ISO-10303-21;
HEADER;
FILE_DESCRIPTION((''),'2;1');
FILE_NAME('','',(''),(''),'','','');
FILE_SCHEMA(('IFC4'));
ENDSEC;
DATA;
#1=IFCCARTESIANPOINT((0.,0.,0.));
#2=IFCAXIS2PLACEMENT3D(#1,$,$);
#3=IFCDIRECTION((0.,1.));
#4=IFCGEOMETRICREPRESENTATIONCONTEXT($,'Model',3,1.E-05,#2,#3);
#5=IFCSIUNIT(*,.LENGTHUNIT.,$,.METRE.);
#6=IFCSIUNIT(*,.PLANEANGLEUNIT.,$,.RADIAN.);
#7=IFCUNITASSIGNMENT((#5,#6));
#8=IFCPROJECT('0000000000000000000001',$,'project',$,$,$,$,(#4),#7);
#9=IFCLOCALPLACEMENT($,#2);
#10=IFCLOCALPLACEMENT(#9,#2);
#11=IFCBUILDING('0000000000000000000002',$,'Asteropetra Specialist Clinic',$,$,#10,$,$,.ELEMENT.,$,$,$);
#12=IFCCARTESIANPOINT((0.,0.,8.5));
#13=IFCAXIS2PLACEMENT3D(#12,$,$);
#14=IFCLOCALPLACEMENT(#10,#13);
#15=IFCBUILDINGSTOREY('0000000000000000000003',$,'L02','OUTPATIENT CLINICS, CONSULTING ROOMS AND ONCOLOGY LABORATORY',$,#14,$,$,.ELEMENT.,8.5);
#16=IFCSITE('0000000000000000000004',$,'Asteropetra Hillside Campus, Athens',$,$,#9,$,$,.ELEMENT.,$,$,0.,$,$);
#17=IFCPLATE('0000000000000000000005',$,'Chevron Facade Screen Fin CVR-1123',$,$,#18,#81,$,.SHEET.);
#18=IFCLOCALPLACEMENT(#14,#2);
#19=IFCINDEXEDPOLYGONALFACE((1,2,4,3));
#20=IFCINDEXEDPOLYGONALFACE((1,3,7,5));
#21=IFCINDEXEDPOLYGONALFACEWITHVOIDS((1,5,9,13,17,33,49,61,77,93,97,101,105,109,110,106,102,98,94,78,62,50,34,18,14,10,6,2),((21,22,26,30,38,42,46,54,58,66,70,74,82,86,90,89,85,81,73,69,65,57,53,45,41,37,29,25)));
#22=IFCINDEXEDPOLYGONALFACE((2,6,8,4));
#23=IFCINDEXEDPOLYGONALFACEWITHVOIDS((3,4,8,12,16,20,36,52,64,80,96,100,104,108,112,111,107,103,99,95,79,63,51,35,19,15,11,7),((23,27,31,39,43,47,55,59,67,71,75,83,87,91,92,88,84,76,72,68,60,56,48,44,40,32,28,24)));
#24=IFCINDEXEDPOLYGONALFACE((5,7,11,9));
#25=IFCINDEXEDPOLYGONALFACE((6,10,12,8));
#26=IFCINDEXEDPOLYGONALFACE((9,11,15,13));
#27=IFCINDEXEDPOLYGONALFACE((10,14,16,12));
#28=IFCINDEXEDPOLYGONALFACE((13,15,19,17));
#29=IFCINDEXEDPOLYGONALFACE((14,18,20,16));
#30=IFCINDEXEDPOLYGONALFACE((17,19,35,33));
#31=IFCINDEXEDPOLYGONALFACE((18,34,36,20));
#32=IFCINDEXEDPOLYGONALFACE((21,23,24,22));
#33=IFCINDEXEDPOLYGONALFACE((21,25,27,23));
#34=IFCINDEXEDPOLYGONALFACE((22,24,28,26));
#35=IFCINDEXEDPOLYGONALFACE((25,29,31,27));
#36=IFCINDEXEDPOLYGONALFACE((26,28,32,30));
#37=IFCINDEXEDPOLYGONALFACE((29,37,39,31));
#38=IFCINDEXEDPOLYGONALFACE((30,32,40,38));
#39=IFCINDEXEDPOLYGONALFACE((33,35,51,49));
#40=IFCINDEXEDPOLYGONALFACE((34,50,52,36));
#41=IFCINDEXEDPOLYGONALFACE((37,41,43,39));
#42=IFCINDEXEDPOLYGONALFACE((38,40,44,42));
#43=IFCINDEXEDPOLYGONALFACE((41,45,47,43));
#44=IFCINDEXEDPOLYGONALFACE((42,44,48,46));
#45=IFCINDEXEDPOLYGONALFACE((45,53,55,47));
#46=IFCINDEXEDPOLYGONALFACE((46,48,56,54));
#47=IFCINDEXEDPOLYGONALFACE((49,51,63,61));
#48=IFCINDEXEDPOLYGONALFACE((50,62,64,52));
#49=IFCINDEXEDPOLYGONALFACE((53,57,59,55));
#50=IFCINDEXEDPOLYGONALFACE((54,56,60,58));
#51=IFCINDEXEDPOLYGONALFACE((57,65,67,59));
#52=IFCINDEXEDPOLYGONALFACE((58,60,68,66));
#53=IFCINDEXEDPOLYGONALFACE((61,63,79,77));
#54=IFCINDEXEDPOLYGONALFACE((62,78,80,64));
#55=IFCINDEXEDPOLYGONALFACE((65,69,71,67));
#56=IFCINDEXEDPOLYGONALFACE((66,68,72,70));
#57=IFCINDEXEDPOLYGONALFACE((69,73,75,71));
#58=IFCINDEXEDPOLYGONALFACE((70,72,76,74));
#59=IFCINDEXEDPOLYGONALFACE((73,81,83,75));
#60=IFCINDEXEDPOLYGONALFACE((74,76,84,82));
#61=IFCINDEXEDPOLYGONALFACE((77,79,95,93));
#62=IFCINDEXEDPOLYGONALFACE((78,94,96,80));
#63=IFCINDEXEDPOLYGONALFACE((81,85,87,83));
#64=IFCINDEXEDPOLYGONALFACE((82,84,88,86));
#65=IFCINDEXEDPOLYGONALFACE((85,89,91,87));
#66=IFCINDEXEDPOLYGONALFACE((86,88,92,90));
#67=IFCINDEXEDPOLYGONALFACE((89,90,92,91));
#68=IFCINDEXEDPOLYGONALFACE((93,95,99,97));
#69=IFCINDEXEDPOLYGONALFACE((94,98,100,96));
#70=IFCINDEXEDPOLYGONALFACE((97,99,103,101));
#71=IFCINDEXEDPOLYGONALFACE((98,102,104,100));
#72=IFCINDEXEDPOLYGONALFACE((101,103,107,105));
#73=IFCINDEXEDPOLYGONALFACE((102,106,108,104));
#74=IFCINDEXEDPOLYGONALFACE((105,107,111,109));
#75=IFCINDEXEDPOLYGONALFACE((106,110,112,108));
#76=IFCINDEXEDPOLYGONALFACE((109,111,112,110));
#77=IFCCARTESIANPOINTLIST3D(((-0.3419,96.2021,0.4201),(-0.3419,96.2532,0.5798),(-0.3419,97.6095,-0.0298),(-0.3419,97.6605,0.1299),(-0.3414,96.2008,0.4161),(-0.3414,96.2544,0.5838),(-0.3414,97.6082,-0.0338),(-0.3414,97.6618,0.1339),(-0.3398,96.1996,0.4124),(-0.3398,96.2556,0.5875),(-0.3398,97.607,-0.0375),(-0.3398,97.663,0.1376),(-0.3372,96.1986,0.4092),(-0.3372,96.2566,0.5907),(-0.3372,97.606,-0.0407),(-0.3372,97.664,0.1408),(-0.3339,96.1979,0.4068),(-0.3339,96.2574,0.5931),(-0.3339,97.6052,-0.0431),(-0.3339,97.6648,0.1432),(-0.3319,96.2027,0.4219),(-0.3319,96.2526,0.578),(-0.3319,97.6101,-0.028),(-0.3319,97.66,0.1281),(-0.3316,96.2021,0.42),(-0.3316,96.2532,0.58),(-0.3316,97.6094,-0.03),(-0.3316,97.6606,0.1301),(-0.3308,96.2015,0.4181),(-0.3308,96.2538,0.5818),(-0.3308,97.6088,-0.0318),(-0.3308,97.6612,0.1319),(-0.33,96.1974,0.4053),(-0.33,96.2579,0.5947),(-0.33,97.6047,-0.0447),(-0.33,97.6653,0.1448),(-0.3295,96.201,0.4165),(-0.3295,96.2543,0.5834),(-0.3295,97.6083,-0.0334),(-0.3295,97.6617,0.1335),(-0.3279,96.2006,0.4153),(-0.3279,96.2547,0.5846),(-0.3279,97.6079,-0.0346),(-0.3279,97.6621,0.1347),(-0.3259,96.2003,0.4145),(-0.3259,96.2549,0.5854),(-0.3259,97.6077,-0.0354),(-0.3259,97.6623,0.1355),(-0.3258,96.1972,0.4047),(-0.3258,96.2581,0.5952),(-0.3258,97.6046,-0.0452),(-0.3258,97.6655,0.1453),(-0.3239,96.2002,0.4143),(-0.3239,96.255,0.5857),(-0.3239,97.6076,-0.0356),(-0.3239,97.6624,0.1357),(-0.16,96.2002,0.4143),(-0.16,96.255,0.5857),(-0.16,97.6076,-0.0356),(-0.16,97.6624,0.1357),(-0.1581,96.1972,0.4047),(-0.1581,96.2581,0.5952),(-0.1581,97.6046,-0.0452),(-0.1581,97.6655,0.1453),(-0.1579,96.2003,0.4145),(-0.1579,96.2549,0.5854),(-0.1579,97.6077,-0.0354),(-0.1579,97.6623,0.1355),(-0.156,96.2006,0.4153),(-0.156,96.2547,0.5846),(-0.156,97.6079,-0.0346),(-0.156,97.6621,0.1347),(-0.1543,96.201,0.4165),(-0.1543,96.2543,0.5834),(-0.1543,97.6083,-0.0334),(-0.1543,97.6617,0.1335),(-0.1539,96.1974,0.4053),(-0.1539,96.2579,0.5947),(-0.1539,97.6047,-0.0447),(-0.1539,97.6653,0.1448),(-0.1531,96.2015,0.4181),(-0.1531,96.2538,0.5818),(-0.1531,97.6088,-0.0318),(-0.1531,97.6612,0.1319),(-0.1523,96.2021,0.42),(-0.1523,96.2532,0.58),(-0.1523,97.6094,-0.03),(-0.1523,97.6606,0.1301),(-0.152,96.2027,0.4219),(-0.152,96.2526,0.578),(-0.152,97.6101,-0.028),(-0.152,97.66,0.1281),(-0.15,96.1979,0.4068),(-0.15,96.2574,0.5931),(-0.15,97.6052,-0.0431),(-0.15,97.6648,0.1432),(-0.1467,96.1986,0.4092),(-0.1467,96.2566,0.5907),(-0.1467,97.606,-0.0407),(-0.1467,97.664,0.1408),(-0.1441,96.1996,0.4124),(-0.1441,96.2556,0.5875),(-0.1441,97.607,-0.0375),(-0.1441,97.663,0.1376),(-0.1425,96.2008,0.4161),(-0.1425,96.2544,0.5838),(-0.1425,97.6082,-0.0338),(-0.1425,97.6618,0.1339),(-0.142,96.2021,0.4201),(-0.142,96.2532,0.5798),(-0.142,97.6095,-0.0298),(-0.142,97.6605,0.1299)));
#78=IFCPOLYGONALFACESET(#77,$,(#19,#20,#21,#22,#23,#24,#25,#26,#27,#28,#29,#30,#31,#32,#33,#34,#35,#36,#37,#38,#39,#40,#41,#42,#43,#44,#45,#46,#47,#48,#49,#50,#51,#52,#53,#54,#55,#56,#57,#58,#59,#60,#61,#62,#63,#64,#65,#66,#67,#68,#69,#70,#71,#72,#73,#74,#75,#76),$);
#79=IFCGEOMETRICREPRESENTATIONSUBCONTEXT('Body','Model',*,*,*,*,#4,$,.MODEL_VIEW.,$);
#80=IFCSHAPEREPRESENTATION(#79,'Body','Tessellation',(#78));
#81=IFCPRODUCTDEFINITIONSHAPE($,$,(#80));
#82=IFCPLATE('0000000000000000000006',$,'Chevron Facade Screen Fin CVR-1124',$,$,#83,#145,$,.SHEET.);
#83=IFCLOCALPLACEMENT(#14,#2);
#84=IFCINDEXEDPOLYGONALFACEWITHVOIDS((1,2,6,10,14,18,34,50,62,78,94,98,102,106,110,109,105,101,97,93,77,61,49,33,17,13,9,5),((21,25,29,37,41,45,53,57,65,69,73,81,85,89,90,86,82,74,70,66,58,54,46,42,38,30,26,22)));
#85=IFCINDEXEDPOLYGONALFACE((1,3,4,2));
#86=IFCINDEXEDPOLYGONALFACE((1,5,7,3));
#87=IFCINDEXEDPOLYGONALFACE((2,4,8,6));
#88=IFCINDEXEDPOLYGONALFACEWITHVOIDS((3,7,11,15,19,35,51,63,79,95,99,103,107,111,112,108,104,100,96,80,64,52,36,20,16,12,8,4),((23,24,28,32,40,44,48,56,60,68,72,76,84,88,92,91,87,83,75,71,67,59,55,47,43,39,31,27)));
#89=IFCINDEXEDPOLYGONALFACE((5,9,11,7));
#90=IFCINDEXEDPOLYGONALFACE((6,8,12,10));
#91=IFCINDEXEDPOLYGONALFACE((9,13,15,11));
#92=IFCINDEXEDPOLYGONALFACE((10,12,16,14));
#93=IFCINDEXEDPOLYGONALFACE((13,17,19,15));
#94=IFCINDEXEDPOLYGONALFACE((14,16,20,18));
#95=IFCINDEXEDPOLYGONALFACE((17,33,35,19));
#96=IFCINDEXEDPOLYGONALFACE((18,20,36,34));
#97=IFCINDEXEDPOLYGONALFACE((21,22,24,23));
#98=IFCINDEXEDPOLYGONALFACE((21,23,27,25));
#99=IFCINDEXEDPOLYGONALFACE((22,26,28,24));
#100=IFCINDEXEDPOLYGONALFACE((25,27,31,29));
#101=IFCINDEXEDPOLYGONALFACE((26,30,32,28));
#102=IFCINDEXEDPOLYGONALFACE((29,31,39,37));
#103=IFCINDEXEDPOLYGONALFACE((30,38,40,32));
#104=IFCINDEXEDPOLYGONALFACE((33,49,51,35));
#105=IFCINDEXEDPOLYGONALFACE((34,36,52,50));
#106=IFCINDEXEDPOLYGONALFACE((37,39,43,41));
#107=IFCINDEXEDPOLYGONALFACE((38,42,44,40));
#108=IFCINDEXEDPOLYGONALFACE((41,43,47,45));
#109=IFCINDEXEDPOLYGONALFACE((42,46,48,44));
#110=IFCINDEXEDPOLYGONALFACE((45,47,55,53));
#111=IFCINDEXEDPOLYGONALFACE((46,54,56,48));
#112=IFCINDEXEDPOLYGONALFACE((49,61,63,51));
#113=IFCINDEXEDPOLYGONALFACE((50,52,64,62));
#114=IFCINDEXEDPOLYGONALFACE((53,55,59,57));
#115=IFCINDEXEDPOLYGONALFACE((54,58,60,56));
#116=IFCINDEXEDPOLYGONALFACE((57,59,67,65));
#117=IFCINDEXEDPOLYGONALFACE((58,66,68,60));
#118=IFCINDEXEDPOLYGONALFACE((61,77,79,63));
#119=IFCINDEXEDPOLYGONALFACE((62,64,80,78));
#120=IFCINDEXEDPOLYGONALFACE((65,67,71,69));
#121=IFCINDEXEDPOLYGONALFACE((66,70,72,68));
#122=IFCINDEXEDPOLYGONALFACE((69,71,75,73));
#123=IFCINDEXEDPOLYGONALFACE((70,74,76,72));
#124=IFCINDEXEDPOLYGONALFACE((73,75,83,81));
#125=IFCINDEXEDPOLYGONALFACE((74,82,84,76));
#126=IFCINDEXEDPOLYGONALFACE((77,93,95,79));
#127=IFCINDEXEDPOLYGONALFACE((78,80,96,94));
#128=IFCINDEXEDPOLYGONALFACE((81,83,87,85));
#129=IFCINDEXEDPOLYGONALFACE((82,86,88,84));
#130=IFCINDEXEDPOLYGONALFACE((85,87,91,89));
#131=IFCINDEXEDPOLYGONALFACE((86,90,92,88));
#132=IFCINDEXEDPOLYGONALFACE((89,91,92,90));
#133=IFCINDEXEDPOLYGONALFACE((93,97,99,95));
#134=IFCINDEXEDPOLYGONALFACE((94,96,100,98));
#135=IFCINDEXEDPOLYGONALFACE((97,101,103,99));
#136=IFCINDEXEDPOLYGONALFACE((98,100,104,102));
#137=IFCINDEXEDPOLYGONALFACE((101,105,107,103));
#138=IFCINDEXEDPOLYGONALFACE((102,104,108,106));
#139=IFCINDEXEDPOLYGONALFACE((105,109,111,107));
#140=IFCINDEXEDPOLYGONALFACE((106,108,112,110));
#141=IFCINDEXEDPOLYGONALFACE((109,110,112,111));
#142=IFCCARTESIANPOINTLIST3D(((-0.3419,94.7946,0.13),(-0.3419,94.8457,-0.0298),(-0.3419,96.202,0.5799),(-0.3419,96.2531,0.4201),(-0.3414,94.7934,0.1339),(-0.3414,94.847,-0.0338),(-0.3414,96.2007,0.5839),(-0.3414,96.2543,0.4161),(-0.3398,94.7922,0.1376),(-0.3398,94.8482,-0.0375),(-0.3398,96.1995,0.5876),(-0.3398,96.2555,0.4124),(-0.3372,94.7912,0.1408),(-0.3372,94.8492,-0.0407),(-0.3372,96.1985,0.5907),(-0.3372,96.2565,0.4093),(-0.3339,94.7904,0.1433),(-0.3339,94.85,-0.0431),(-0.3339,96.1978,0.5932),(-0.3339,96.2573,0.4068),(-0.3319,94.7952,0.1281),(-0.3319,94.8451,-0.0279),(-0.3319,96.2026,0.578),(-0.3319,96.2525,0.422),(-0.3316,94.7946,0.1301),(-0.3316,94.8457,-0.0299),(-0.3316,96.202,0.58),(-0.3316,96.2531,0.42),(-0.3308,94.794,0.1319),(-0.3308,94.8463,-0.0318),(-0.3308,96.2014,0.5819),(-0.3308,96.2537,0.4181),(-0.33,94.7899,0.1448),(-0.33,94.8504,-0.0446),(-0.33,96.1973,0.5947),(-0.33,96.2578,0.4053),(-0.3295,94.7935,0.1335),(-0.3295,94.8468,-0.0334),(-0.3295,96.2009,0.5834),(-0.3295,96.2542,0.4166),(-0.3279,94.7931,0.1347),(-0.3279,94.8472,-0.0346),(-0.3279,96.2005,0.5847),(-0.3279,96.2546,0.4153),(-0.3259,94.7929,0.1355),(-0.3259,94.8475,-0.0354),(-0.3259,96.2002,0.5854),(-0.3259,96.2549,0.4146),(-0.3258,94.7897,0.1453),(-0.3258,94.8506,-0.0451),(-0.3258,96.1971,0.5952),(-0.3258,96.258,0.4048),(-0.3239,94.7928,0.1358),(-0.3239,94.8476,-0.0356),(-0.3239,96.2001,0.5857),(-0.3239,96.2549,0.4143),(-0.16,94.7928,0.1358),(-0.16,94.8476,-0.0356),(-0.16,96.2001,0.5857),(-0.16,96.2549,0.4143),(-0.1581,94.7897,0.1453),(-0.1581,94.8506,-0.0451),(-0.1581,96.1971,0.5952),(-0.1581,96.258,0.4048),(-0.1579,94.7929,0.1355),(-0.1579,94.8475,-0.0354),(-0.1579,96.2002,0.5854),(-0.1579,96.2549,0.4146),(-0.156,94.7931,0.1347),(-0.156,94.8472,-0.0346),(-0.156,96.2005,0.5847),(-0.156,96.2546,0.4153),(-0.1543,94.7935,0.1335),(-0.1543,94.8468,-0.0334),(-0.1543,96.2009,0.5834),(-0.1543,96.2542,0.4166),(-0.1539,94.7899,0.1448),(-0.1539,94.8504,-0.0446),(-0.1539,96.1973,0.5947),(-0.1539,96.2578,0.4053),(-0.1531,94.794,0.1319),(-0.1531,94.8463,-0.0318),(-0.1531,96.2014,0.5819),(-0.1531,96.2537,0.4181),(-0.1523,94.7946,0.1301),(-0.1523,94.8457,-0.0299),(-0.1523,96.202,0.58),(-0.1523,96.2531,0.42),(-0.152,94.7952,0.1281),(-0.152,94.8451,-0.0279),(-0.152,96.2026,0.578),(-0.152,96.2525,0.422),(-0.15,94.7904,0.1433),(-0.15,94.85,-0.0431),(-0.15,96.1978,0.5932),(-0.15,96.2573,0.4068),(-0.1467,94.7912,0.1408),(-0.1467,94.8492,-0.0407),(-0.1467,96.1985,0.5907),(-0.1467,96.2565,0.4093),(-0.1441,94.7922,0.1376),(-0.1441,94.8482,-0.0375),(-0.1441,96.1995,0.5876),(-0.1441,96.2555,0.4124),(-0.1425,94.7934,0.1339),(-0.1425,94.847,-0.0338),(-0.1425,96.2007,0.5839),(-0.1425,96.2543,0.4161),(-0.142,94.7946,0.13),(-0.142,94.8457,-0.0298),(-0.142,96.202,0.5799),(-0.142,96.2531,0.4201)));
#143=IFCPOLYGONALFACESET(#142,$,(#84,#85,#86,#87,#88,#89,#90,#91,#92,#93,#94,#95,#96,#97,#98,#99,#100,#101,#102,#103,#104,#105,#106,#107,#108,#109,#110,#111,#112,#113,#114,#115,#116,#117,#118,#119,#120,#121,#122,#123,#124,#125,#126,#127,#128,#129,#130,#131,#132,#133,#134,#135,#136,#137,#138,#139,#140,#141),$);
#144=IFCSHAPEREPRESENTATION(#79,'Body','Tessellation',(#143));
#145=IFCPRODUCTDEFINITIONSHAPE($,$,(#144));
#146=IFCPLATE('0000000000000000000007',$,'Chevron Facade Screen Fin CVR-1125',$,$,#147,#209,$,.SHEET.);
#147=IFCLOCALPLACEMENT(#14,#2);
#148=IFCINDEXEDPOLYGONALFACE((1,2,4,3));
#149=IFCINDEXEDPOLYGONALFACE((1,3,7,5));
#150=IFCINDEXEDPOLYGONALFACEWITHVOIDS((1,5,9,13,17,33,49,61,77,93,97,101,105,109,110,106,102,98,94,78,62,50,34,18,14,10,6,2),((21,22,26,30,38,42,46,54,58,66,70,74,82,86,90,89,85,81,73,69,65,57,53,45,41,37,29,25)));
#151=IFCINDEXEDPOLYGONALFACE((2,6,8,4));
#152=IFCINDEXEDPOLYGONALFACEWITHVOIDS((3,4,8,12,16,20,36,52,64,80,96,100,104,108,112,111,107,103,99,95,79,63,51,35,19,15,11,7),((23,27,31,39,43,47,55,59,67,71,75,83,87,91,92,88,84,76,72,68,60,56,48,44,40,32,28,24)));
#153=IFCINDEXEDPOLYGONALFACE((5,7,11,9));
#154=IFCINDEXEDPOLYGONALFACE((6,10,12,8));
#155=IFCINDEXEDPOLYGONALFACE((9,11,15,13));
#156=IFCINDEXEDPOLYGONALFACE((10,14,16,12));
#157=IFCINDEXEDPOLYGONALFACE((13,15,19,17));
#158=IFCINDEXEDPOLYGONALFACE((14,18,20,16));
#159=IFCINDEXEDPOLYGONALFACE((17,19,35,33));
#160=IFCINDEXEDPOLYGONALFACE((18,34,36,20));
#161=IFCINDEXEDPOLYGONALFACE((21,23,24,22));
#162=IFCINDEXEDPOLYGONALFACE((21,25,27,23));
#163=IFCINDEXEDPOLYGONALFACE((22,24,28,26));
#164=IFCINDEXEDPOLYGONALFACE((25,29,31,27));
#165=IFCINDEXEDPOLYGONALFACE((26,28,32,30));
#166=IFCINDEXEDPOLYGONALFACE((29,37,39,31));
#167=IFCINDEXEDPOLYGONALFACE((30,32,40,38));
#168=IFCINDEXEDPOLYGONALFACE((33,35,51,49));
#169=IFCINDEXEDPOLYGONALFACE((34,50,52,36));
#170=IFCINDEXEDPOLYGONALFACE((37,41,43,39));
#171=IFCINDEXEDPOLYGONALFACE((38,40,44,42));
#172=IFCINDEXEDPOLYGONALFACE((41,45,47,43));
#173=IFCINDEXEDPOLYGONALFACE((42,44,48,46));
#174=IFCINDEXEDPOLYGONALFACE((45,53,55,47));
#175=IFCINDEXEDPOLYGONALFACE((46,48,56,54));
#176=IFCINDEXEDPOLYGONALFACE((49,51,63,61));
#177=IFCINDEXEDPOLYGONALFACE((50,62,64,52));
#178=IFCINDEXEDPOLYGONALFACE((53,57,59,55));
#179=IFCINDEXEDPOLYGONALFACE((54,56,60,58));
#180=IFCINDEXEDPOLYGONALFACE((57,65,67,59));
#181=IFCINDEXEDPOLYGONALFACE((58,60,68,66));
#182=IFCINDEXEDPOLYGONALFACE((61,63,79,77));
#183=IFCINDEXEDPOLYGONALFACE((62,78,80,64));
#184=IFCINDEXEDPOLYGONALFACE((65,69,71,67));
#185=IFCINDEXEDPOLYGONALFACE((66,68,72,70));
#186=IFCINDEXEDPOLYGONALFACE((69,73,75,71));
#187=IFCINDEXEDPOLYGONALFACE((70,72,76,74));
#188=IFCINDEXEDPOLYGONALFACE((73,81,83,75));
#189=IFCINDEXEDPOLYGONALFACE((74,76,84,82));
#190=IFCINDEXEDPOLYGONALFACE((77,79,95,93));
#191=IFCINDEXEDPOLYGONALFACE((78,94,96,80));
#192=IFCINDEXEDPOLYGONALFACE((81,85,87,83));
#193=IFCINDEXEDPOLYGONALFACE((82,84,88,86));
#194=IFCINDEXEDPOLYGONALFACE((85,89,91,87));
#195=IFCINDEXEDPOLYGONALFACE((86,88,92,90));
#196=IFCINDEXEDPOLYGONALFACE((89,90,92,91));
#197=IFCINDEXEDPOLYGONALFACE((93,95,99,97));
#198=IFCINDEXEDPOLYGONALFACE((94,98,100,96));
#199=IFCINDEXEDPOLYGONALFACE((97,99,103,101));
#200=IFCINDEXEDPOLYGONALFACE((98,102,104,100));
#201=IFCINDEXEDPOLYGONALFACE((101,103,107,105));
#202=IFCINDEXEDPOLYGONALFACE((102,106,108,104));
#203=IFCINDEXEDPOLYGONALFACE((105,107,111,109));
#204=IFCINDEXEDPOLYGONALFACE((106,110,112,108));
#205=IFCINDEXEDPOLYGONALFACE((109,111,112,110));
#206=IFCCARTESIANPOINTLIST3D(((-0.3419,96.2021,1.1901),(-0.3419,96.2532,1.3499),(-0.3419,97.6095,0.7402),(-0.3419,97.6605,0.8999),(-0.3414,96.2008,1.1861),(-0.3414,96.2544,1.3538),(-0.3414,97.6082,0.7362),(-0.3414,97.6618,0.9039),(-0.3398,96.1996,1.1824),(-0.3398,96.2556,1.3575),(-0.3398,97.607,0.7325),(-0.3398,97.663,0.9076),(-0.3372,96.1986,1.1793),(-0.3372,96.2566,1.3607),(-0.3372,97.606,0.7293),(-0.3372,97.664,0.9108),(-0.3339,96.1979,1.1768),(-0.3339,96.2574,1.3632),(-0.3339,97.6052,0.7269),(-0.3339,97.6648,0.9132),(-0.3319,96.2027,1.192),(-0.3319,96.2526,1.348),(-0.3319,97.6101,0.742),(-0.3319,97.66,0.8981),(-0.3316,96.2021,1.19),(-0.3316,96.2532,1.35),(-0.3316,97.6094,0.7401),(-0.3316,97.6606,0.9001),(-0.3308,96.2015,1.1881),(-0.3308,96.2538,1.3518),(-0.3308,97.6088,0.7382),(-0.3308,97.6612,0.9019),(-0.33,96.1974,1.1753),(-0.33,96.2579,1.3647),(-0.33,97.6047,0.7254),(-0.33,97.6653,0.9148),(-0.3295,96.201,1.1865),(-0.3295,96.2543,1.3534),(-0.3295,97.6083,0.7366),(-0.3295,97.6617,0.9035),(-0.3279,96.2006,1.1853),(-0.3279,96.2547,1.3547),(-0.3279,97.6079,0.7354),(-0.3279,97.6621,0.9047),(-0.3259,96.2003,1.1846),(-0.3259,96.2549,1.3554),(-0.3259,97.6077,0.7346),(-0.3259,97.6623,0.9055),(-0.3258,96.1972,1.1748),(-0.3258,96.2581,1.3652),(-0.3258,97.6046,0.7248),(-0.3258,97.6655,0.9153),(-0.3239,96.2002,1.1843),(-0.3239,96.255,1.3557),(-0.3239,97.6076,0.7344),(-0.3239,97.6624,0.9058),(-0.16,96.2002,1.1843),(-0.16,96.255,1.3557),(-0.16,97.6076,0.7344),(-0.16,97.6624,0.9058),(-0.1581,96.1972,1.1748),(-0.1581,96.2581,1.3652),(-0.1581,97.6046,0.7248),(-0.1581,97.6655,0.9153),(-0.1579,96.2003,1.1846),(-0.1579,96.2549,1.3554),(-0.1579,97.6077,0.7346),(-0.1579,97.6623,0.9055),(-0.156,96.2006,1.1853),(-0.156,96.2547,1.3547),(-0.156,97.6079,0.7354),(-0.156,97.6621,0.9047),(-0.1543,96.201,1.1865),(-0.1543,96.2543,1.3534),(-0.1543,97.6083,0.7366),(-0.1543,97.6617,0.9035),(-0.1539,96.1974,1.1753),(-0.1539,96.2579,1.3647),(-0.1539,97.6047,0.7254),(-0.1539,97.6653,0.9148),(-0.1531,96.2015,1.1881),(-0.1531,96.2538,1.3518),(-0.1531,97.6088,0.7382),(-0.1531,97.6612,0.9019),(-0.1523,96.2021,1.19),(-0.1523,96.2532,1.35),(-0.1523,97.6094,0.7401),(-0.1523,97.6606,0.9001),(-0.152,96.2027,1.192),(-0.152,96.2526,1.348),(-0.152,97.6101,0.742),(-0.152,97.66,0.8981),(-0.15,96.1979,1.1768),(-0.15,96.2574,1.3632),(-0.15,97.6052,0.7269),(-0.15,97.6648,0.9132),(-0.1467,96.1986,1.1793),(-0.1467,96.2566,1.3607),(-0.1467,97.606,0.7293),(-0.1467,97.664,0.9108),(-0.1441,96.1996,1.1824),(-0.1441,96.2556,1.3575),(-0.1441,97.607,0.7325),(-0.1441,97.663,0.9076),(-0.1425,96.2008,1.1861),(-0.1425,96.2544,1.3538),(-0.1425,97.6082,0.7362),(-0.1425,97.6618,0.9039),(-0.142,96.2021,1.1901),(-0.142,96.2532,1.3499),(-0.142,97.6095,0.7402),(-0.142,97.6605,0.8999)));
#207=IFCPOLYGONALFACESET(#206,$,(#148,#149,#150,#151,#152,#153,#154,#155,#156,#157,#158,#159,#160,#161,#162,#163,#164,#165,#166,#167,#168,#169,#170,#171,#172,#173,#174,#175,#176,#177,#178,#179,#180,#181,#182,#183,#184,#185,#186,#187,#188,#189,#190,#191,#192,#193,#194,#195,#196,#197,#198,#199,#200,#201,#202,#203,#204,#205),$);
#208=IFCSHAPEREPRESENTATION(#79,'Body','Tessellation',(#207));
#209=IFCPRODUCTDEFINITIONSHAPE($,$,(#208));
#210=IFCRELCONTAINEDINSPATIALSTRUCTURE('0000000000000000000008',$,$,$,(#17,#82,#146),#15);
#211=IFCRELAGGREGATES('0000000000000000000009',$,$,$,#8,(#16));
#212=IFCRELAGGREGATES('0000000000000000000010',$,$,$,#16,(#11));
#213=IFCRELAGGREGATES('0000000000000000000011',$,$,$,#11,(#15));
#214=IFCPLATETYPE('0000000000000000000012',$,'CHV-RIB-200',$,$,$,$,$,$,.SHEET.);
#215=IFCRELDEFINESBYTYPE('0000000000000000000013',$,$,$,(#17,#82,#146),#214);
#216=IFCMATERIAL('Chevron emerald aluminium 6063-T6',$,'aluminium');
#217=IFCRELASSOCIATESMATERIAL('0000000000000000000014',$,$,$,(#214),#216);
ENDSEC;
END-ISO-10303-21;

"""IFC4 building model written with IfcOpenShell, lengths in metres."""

from ifc_helpers import new_model, si_unit, direction, frame, origin, origin_2d, place, context, subcontext, project, spatial, hollow_rectangle, extrude, material, material_profile, profile_set, type_object, element, save


model = new_model("IFC4")

# Units and contexts
model_context = context("Model", 3, precision=1e-05, world=origin(), true_north=direction((0.0, 1.0)))
body_context = subcontext(model_context, "Body", "Model", "MODEL_VIEW")
ifc_project = project(units=[si_unit("LENGTHUNIT", "METRE"), si_unit("PLANEANGLEUNIT", "RADIAN")], contexts=[model_context])

# Site, building, storey
site_placement = place(None, origin())
site = spatial("IfcSite", under=ifc_project, at=site_placement, Name="Asteropetra Hillside Campus, Athens", CompositionType="ELEMENT", RefElevation=0.0)
building_placement = place(site_placement, origin())
building = spatial("IfcBuilding", under=site, at=building_placement, Name="Asteropetra Specialist Clinic", CompositionType="ELEMENT")
storey_placement = place(building_placement, frame((0.0, 0.0, 8.5)))
storey = spatial("IfcBuildingStorey", under=building, at=storey_placement, Name="L02", Description="OUTPATIENT CLINICS, CONSULTING ROOMS AND ONCOLOGY LABORATORY", CompositionType="ELEMENT", Elevation=8.5)

# Plates
ifc_material_1 = material(Name="Chevron emerald aluminium 6063-T6", Category="aluminium")
ifc_material_profile = material_profile(ifc_material_1, hollow_rectangle(XDim=0.2, YDim=0.2, WallThickness=0.01, InnerFilletRadius=0.0081, OuterFilletRadius=0.0161, at=origin_2d()), Name="SHS 200x200x10.0")
ifc_profile_set = profile_set([ifc_material_profile], Name="Chevron emerald aluminium 6063-T6")
plate_type_1 = type_object("IfcPlateType", Name="CHV-RIB-200", PredefinedType="SHEET", material=ifc_profile_set)
for number, where, z_axis, x_axis, name in (
    (1, (-0.2419, 97.635, 0.05), (0.0, -0.95251, 0.304506), (1.0, 0.0, 0.0), "Chevron Facade Screen Fin CVR-1123"),
    (2, (-0.2419, 96.2275, 0.5), (0.0, -0.95251, -0.304506), (1.0, 0.0, 0.0), "Chevron Facade Screen Fin CVR-1124"),
    (3, (-0.2419, 97.635, 0.8201), (0.0, -0.95251, 0.304506), (1.0, 0.0, 0.0), "Chevron Facade Screen Fin CVR-1125"),
):
    element("IfcPlate", number, at=place(storey_placement, frame(where, z_axis=z_axis, x_axis=x_axis)), inside=storey, type_object=plate_type_1, Name=name, PredefinedType="SHEET", context=body_context, shape_type="SweptSolid", body=[
        extrude(hollow_rectangle(XDim=0.2, YDim=0.2, WallThickness=0.01, InnerFilletRadius=0.0081, OuterFilletRadius=0.0161, at=origin_2d()), origin(), (0.0, 0.0, 1.0), 1.4775),
    ])

save(model, "model.ifc")
